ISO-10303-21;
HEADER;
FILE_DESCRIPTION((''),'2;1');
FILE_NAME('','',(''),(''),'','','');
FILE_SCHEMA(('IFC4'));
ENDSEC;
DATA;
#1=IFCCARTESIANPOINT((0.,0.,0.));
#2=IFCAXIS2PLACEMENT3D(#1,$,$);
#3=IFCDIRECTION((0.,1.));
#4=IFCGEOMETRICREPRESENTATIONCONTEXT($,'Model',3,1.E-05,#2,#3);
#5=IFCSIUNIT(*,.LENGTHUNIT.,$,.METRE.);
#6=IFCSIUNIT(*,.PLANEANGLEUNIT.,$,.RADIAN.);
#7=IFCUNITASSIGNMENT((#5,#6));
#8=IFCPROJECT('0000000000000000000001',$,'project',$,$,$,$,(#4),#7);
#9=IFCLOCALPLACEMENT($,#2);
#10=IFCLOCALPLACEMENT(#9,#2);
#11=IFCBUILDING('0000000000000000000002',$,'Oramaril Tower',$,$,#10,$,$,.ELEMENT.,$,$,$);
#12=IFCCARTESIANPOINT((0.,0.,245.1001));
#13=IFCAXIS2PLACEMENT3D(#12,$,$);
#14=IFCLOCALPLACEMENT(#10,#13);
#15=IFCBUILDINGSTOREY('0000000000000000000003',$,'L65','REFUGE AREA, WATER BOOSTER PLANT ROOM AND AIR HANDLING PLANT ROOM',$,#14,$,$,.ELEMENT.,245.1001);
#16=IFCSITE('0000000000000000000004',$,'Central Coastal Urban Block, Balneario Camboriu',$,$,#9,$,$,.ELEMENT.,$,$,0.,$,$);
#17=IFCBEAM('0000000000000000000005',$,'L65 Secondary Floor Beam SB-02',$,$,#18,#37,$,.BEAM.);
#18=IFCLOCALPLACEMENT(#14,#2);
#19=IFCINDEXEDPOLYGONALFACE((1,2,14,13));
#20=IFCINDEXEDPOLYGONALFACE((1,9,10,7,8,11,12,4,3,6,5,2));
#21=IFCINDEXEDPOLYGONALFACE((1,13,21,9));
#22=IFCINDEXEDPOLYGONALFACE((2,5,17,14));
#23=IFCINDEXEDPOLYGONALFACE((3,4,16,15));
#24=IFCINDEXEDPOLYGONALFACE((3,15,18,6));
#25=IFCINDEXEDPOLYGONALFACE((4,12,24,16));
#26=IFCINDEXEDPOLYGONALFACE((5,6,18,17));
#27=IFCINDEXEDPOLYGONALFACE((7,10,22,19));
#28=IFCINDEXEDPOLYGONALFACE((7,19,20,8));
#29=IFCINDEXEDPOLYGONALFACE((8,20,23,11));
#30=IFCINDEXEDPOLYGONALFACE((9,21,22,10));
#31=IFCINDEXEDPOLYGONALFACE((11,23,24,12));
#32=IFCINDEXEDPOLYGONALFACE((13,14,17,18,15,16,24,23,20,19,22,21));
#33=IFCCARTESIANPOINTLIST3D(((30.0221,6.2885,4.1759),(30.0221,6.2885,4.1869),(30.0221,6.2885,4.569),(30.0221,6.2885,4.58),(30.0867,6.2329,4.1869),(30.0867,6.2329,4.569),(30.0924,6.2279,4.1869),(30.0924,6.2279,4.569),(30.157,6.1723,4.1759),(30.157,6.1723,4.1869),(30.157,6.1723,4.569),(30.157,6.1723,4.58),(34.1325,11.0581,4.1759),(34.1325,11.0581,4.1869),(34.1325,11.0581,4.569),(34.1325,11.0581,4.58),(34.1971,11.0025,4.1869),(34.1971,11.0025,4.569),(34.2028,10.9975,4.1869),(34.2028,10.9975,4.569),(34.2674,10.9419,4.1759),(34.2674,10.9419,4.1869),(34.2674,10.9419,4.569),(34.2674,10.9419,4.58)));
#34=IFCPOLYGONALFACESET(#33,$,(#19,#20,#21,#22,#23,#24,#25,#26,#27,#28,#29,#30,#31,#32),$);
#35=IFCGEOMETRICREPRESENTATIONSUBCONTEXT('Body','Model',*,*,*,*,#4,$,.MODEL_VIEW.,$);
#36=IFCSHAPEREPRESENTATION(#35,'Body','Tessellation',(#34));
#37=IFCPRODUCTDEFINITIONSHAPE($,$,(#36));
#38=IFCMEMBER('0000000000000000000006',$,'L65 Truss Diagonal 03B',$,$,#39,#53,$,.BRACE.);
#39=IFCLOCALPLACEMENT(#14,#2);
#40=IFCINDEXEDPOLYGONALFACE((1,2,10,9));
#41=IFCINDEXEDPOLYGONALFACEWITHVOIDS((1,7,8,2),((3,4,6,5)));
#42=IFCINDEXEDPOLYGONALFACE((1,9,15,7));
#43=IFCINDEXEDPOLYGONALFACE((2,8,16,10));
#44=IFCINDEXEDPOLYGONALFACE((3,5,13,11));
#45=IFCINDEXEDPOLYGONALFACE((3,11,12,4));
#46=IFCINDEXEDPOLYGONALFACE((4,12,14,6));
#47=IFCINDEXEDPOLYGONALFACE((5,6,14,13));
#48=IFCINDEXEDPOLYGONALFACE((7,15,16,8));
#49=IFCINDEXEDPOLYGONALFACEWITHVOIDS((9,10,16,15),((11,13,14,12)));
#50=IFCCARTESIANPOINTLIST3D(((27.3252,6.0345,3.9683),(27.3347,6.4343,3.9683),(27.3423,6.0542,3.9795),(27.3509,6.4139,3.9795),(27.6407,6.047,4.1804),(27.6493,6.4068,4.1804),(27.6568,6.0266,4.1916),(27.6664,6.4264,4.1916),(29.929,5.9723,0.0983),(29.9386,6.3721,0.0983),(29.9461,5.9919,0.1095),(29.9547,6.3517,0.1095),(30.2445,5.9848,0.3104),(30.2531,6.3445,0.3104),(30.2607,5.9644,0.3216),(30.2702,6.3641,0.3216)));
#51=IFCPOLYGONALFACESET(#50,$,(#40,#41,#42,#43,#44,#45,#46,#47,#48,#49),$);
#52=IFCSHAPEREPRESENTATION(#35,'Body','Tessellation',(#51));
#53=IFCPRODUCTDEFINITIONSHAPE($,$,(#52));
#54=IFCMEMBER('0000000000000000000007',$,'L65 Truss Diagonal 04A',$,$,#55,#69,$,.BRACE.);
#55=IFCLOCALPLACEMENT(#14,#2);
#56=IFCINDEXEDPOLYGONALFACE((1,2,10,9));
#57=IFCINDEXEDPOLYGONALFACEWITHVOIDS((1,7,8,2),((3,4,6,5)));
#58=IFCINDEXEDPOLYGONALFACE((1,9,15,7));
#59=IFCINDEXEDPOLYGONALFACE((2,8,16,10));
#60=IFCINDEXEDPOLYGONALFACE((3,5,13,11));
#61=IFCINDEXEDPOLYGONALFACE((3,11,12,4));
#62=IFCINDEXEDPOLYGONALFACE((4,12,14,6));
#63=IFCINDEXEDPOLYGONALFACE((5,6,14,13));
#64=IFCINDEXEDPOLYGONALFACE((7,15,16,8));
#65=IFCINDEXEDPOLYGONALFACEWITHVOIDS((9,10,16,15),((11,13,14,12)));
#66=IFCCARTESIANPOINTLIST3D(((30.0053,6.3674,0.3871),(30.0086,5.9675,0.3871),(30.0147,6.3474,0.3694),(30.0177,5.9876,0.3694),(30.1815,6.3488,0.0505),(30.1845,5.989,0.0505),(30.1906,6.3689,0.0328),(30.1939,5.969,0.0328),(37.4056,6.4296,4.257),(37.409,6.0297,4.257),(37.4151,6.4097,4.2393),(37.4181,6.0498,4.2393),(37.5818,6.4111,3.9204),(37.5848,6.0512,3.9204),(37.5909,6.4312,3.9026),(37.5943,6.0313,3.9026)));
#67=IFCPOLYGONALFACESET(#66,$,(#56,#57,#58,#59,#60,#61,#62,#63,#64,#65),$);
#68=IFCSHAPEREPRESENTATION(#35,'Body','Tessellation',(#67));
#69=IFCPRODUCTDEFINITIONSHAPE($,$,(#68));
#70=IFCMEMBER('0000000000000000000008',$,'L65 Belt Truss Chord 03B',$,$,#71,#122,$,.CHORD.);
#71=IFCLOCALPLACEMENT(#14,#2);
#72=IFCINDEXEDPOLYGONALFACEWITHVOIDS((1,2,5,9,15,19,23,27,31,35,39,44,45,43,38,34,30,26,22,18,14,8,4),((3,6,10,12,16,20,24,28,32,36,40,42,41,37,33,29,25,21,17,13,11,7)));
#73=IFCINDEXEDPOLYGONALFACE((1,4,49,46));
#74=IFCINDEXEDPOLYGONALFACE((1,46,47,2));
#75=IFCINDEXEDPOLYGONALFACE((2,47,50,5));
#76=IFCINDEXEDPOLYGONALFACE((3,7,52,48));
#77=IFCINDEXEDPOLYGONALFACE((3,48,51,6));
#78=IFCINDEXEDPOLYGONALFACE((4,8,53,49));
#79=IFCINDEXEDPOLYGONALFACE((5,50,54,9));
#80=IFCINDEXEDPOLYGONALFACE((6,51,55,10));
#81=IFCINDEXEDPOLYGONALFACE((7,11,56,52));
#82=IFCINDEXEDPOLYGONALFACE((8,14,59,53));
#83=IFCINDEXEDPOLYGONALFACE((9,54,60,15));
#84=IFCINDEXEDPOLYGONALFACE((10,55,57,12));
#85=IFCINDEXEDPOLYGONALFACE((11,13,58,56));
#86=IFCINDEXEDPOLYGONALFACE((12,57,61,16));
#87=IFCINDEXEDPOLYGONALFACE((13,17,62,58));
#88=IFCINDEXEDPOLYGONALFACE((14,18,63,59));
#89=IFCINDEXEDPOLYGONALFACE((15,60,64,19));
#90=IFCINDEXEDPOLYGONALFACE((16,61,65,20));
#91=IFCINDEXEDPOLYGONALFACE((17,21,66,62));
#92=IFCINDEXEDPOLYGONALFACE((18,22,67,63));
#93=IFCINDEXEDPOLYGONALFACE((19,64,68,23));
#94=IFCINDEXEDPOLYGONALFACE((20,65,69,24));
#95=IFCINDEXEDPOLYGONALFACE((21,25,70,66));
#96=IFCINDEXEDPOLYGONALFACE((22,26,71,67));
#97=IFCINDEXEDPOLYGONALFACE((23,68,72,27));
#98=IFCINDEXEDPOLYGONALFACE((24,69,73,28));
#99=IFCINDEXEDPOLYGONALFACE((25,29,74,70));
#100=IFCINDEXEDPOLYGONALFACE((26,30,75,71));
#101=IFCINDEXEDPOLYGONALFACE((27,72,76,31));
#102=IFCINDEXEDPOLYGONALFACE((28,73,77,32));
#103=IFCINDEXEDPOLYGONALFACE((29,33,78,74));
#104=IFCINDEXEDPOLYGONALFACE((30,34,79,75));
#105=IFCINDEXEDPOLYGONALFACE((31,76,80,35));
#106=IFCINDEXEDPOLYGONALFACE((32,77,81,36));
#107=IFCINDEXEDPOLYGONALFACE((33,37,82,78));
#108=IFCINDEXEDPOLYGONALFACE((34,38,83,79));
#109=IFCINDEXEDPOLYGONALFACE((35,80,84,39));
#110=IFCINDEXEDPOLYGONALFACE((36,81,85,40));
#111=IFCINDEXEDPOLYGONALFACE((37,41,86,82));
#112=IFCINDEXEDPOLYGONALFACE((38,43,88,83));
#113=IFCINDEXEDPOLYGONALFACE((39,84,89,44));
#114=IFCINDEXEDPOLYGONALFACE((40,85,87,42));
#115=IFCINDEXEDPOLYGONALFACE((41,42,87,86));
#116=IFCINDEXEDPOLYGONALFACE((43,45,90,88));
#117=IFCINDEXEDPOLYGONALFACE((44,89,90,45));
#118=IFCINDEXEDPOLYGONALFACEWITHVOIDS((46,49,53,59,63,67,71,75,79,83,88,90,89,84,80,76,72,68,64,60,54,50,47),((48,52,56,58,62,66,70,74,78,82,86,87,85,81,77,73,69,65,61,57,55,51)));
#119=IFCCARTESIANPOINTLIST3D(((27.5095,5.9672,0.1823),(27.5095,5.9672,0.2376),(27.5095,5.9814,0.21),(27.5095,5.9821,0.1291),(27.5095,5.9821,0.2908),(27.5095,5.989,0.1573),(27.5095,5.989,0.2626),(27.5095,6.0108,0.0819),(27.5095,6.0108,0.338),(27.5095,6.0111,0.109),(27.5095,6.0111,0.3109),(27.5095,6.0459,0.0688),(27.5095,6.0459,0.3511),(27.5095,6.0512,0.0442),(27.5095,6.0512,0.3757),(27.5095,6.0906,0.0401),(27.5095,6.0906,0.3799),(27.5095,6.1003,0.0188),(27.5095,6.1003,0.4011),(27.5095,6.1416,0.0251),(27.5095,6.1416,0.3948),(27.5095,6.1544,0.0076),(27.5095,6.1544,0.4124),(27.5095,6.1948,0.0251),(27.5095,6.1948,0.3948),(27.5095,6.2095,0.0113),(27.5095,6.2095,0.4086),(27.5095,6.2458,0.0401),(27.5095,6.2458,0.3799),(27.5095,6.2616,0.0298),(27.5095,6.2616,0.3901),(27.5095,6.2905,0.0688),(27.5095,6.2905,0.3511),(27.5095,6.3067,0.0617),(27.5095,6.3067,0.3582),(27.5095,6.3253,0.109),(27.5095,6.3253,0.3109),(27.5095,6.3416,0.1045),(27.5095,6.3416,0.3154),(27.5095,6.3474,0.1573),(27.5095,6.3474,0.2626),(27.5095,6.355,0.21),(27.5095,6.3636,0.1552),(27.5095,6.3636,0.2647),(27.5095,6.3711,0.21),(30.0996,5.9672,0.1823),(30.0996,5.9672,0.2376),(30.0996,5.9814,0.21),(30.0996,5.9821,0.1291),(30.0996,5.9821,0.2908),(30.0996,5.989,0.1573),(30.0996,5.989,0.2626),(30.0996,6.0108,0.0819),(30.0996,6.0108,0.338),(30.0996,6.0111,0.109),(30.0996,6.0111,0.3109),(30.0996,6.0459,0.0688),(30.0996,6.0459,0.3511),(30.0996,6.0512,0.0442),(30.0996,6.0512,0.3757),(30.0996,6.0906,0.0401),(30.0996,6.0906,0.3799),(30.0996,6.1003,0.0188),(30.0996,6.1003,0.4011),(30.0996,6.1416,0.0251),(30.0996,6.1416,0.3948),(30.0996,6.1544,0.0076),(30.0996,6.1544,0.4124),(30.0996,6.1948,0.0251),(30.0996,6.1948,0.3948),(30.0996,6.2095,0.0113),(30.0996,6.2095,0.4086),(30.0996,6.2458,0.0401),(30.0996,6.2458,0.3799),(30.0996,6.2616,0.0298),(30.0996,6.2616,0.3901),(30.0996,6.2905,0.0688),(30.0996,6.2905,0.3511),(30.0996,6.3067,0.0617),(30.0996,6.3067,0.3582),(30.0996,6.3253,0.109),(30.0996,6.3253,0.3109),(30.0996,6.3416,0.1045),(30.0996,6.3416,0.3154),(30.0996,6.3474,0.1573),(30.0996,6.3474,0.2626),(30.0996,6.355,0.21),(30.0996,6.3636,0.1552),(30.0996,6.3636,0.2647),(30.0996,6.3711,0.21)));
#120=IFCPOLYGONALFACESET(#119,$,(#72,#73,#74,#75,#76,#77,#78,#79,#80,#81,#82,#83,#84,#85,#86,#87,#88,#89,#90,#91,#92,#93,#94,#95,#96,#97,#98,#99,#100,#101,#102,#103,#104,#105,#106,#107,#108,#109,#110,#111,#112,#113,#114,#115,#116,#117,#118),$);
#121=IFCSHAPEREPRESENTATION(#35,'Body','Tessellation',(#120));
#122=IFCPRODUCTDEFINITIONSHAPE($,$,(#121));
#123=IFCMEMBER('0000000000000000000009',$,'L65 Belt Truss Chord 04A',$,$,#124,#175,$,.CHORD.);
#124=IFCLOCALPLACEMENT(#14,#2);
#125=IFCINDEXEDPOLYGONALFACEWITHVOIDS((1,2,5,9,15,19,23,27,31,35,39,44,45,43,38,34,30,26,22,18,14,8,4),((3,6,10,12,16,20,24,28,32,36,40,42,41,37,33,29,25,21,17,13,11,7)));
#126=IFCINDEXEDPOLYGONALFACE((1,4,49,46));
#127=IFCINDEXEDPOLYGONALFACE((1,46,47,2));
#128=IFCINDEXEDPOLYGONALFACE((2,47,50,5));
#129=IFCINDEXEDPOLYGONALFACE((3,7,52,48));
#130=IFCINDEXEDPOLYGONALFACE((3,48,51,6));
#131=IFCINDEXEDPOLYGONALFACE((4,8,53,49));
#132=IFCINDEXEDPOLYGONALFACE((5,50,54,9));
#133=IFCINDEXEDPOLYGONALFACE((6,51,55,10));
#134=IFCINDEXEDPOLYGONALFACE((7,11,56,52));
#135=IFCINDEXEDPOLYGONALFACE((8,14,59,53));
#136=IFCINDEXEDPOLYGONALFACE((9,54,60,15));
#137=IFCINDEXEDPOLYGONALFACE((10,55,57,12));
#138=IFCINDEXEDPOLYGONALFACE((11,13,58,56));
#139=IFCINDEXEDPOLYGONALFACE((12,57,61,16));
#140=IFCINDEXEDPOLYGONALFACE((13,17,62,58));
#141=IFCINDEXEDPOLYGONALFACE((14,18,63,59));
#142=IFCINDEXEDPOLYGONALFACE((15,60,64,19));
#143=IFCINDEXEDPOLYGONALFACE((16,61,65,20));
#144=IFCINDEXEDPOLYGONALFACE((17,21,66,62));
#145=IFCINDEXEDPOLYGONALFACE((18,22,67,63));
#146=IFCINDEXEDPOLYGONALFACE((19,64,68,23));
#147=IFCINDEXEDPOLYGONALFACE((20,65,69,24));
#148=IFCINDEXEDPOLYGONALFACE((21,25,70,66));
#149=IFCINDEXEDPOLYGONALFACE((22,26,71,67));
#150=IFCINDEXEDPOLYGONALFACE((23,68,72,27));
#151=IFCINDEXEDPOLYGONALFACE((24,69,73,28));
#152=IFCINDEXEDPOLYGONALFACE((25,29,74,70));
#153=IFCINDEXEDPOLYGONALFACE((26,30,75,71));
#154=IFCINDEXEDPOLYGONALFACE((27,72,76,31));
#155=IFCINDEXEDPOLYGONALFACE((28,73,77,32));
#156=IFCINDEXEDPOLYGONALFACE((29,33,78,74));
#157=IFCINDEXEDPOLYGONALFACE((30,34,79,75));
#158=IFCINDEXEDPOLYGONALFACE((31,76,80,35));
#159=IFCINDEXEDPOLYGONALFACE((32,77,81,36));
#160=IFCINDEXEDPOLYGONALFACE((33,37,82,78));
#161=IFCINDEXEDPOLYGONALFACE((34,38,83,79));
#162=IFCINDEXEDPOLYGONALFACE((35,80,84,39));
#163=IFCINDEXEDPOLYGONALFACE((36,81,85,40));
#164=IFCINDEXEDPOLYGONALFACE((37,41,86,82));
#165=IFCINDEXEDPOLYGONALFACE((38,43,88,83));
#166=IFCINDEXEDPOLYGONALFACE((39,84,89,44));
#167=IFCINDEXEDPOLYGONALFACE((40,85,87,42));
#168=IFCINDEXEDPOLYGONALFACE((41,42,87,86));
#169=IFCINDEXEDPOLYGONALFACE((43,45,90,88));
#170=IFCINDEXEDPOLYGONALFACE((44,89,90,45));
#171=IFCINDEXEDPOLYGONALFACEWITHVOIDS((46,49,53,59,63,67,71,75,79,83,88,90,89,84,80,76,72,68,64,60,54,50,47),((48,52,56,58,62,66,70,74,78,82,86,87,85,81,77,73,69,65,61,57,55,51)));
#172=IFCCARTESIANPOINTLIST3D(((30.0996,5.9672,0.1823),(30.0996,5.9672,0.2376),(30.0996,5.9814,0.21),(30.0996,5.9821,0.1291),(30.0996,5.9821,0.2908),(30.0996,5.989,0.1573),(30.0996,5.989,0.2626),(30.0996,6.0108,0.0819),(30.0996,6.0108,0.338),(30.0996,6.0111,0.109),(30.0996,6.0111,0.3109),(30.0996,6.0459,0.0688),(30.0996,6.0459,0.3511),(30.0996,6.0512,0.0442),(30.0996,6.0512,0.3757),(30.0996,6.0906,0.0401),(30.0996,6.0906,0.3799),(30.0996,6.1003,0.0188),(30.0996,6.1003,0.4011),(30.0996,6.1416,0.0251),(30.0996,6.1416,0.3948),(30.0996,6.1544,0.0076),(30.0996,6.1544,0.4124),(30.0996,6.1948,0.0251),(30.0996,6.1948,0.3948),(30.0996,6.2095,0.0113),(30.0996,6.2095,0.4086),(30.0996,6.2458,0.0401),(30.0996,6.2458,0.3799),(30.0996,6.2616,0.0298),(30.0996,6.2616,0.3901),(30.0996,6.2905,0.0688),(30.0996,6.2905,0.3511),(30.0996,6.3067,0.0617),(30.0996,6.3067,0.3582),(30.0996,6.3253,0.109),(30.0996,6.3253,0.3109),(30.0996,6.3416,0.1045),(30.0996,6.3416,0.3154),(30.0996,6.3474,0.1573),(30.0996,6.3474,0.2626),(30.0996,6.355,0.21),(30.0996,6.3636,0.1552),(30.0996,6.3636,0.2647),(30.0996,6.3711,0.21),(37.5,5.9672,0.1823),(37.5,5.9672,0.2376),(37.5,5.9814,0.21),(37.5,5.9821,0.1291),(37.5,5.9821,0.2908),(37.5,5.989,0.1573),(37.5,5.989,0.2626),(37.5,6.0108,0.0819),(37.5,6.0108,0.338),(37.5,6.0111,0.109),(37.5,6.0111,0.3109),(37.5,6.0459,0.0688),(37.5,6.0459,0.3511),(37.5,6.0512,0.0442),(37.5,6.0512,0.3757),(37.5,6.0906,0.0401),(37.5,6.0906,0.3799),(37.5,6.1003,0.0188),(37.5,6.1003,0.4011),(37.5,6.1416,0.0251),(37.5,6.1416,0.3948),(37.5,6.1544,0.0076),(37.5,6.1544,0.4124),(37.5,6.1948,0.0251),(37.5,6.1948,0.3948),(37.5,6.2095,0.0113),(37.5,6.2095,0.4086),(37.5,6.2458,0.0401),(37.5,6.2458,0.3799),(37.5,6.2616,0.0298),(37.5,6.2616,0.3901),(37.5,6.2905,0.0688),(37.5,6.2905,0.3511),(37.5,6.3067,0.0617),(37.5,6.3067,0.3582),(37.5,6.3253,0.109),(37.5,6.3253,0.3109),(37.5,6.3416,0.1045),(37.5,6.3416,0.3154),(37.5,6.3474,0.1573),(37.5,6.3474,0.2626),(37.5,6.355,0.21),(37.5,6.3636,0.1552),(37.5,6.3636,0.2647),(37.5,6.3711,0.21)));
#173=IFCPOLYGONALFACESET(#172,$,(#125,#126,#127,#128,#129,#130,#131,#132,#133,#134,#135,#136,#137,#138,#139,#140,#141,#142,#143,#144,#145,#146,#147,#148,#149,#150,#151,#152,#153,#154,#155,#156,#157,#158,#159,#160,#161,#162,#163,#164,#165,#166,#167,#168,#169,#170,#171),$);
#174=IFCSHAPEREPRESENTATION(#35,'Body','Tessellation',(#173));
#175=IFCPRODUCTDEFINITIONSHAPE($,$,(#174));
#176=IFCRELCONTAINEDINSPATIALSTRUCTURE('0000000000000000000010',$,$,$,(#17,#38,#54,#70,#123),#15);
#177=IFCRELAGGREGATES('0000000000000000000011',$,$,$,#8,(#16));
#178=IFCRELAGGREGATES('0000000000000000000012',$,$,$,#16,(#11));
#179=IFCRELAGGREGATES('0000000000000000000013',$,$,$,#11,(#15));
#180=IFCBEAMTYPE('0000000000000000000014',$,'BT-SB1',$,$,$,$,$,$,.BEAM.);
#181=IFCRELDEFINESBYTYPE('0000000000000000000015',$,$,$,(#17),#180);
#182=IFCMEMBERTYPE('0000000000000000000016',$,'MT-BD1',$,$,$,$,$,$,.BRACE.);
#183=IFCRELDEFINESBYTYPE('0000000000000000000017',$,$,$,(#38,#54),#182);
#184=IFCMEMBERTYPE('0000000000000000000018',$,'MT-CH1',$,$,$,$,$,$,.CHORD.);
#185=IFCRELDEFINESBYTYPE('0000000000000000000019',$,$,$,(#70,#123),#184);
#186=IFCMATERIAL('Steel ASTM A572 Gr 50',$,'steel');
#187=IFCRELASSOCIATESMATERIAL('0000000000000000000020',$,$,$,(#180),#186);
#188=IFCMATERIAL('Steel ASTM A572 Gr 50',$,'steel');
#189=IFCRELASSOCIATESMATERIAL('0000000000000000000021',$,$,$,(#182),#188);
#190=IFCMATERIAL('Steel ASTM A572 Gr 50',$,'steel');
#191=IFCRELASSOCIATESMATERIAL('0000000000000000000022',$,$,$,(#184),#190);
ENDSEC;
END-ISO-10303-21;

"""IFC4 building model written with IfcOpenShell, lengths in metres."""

from ifc_helpers import new_model, si_unit, direction, frame, origin, origin_2d, place, context, subcontext, project, spatial, hollow_rectangle, hollow_circle, i_section, extrude, material, material_profile, profile_set, type_object, element, save


model = new_model("IFC4")

# Units and contexts
model_context = context("Model", 3, precision=1e-05, world=origin(), true_north=direction((0.0, 1.0)))
body_context = subcontext(model_context, "Body", "Model", "MODEL_VIEW")
ifc_project = project(units=[si_unit("LENGTHUNIT", "METRE"), si_unit("PLANEANGLEUNIT", "RADIAN")], contexts=[model_context])

# Site, building, storey
site_placement = place(None, origin())
site = spatial("IfcSite", under=ifc_project, at=site_placement, Name="Central Coastal Urban Block, Balneario Camboriu", CompositionType="ELEMENT", RefElevation=0.0)
building_placement = place(site_placement, origin())
building = spatial("IfcBuilding", under=site, at=building_placement, Name="Oramaril Tower", CompositionType="ELEMENT")
storey_placement = place(building_placement, frame((0.0, 0.0, 245.1001)))
storey = spatial("IfcBuildingStorey", under=building, at=storey_placement, Name="L65", Description="REFUGE AREA, WATER BOOSTER PLANT ROOM AND AIR HANDLING PLANT ROOM", CompositionType="ELEMENT", Elevation=245.1001)

# Beam
ifc_material_1 = material(Name="Steel ASTM A572 Gr 50", Category="steel")
ifc_material_profile_1 = material_profile(ifc_material_1, i_section(OverallWidth=0.178, OverallDepth=0.4041, WebThickness=0.0076, FlangeThickness=0.011, at=origin_2d()), Name="W16X36")
ifc_profile_set_1 = profile_set([ifc_material_profile_1], Name="Steel ASTM A572 Gr 50")
beam_type_1 = type_object("IfcBeamType", Name="BT-SB1", PredefinedType="BEAM", material=ifc_profile_set_1)
beam_1_placement = place(storey_placement, frame((34.2, 11.0, 4.3779), z_axis=(-0.65282, -0.757513, 0.0), x_axis=(0.757513, -0.65282, 0.0)))
element("IfcBeam", 1, at=beam_1_placement, inside=storey, type_object=beam_type_1, Name="L65 Secondary Floor Beam SB-02", PredefinedType="BEAM", context=body_context, shape_type="SweptSolid", body=[
    extrude(i_section(OverallWidth=0.178, OverallDepth=0.4041, WebThickness=0.0076, FlangeThickness=0.011, at=origin_2d()), origin(), (0.0, 0.0, 1.0), 6.2964),
])

# Members
ifc_material_2 = material(Name="Steel ASTM A572 Gr 50", Category="steel")
ifc_material_profile_2 = material_profile(ifc_material_2, hollow_rectangle(XDim=0.3999, YDim=0.3999, WallThickness=0.02, at=origin_2d()), Name="HSS400X400X20")
ifc_profile_set_2 = profile_set([ifc_material_profile_2], Name="Steel ASTM A572 Gr 50")
member_type_1 = type_object("IfcMemberType", Name="MT-BD1", PredefinedType="BRACE", material=ifc_profile_set_2)
member_1_placement = place(storey_placement, frame((30.0996, 6.1682, 0.21), z_axis=(-0.558185, 0.013346, 0.829609), x_axis=(-0.023903, -0.999714, 0.0)))
element("IfcMember", 2, at=member_1_placement, inside=storey, type_object=member_type_1, Name="L65 Truss Diagonal 03B", PredefinedType="BRACE", context=body_context, shape_type="SweptSolid", body=[
    extrude(hollow_rectangle(XDim=0.3999, YDim=0.3999, WallThickness=0.02, at=origin_2d()), origin(), (0.0, 0.0, 1.0), 4.6648),
])
member_2_placement = place(storey_placement, frame((30.0996, 6.1682, 0.21), z_axis=(0.886128, 0.007455, 0.463381), x_axis=(-0.008412, 0.999965, 0.0)))
element("IfcMember", 3, at=member_2_placement, inside=storey, type_object=member_type_1, Name="L65 Truss Diagonal 04A", PredefinedType="BRACE", context=body_context, shape_type="SweptSolid", body=[
    extrude(hollow_rectangle(XDim=0.3999, YDim=0.3999, WallThickness=0.02, at=origin_2d()), origin(), (0.0, 0.0, 1.0), 8.3513),
])
ifc_material_3 = material(Name="Steel ASTM A572 Gr 50", Category="steel")
ifc_material_profile_3 = material_profile(ifc_material_3, hollow_circle(Radius=0.2029, WallThickness=0.0161, at=origin_2d()), Name="CHS406X16")
ifc_profile_set_3 = profile_set([ifc_material_profile_3], Name="Steel ASTM A572 Gr 50")
member_type_2 = type_object("IfcMemberType", Name="MT-CH1", PredefinedType="CHORD", material=ifc_profile_set_3)
member_3_placement = place(storey_placement, frame((27.5095, 6.1682, 0.21), z_axis=(1.0, 0.0, 0.0), x_axis=(0.0, 1.0, 0.0)))
element("IfcMember", 4, at=member_3_placement, inside=storey, type_object=member_type_2, Name="L65 Belt Truss Chord 03B", PredefinedType="CHORD", context=body_context, shape_type="SweptSolid", body=[
    extrude(hollow_circle(Radius=0.2029, WallThickness=0.0161, at=origin_2d()), origin(), (0.0, 0.0, 1.0), 2.5901),
])
member_4_placement = place(storey_placement, frame((30.0996, 6.1682, 0.21), z_axis=(1.0, 0.0, 0.0), x_axis=(0.0, 1.0, 0.0)))
element("IfcMember", 5, at=member_4_placement, inside=storey, type_object=member_type_2, Name="L65 Belt Truss Chord 04A", PredefinedType="CHORD", context=body_context, shape_type="SweptSolid", body=[
    extrude(hollow_circle(Radius=0.2029, WallThickness=0.0161, at=origin_2d()), origin(), (0.0, 0.0, 1.0), 7.4004),
])

save(model, "model.ifc")
